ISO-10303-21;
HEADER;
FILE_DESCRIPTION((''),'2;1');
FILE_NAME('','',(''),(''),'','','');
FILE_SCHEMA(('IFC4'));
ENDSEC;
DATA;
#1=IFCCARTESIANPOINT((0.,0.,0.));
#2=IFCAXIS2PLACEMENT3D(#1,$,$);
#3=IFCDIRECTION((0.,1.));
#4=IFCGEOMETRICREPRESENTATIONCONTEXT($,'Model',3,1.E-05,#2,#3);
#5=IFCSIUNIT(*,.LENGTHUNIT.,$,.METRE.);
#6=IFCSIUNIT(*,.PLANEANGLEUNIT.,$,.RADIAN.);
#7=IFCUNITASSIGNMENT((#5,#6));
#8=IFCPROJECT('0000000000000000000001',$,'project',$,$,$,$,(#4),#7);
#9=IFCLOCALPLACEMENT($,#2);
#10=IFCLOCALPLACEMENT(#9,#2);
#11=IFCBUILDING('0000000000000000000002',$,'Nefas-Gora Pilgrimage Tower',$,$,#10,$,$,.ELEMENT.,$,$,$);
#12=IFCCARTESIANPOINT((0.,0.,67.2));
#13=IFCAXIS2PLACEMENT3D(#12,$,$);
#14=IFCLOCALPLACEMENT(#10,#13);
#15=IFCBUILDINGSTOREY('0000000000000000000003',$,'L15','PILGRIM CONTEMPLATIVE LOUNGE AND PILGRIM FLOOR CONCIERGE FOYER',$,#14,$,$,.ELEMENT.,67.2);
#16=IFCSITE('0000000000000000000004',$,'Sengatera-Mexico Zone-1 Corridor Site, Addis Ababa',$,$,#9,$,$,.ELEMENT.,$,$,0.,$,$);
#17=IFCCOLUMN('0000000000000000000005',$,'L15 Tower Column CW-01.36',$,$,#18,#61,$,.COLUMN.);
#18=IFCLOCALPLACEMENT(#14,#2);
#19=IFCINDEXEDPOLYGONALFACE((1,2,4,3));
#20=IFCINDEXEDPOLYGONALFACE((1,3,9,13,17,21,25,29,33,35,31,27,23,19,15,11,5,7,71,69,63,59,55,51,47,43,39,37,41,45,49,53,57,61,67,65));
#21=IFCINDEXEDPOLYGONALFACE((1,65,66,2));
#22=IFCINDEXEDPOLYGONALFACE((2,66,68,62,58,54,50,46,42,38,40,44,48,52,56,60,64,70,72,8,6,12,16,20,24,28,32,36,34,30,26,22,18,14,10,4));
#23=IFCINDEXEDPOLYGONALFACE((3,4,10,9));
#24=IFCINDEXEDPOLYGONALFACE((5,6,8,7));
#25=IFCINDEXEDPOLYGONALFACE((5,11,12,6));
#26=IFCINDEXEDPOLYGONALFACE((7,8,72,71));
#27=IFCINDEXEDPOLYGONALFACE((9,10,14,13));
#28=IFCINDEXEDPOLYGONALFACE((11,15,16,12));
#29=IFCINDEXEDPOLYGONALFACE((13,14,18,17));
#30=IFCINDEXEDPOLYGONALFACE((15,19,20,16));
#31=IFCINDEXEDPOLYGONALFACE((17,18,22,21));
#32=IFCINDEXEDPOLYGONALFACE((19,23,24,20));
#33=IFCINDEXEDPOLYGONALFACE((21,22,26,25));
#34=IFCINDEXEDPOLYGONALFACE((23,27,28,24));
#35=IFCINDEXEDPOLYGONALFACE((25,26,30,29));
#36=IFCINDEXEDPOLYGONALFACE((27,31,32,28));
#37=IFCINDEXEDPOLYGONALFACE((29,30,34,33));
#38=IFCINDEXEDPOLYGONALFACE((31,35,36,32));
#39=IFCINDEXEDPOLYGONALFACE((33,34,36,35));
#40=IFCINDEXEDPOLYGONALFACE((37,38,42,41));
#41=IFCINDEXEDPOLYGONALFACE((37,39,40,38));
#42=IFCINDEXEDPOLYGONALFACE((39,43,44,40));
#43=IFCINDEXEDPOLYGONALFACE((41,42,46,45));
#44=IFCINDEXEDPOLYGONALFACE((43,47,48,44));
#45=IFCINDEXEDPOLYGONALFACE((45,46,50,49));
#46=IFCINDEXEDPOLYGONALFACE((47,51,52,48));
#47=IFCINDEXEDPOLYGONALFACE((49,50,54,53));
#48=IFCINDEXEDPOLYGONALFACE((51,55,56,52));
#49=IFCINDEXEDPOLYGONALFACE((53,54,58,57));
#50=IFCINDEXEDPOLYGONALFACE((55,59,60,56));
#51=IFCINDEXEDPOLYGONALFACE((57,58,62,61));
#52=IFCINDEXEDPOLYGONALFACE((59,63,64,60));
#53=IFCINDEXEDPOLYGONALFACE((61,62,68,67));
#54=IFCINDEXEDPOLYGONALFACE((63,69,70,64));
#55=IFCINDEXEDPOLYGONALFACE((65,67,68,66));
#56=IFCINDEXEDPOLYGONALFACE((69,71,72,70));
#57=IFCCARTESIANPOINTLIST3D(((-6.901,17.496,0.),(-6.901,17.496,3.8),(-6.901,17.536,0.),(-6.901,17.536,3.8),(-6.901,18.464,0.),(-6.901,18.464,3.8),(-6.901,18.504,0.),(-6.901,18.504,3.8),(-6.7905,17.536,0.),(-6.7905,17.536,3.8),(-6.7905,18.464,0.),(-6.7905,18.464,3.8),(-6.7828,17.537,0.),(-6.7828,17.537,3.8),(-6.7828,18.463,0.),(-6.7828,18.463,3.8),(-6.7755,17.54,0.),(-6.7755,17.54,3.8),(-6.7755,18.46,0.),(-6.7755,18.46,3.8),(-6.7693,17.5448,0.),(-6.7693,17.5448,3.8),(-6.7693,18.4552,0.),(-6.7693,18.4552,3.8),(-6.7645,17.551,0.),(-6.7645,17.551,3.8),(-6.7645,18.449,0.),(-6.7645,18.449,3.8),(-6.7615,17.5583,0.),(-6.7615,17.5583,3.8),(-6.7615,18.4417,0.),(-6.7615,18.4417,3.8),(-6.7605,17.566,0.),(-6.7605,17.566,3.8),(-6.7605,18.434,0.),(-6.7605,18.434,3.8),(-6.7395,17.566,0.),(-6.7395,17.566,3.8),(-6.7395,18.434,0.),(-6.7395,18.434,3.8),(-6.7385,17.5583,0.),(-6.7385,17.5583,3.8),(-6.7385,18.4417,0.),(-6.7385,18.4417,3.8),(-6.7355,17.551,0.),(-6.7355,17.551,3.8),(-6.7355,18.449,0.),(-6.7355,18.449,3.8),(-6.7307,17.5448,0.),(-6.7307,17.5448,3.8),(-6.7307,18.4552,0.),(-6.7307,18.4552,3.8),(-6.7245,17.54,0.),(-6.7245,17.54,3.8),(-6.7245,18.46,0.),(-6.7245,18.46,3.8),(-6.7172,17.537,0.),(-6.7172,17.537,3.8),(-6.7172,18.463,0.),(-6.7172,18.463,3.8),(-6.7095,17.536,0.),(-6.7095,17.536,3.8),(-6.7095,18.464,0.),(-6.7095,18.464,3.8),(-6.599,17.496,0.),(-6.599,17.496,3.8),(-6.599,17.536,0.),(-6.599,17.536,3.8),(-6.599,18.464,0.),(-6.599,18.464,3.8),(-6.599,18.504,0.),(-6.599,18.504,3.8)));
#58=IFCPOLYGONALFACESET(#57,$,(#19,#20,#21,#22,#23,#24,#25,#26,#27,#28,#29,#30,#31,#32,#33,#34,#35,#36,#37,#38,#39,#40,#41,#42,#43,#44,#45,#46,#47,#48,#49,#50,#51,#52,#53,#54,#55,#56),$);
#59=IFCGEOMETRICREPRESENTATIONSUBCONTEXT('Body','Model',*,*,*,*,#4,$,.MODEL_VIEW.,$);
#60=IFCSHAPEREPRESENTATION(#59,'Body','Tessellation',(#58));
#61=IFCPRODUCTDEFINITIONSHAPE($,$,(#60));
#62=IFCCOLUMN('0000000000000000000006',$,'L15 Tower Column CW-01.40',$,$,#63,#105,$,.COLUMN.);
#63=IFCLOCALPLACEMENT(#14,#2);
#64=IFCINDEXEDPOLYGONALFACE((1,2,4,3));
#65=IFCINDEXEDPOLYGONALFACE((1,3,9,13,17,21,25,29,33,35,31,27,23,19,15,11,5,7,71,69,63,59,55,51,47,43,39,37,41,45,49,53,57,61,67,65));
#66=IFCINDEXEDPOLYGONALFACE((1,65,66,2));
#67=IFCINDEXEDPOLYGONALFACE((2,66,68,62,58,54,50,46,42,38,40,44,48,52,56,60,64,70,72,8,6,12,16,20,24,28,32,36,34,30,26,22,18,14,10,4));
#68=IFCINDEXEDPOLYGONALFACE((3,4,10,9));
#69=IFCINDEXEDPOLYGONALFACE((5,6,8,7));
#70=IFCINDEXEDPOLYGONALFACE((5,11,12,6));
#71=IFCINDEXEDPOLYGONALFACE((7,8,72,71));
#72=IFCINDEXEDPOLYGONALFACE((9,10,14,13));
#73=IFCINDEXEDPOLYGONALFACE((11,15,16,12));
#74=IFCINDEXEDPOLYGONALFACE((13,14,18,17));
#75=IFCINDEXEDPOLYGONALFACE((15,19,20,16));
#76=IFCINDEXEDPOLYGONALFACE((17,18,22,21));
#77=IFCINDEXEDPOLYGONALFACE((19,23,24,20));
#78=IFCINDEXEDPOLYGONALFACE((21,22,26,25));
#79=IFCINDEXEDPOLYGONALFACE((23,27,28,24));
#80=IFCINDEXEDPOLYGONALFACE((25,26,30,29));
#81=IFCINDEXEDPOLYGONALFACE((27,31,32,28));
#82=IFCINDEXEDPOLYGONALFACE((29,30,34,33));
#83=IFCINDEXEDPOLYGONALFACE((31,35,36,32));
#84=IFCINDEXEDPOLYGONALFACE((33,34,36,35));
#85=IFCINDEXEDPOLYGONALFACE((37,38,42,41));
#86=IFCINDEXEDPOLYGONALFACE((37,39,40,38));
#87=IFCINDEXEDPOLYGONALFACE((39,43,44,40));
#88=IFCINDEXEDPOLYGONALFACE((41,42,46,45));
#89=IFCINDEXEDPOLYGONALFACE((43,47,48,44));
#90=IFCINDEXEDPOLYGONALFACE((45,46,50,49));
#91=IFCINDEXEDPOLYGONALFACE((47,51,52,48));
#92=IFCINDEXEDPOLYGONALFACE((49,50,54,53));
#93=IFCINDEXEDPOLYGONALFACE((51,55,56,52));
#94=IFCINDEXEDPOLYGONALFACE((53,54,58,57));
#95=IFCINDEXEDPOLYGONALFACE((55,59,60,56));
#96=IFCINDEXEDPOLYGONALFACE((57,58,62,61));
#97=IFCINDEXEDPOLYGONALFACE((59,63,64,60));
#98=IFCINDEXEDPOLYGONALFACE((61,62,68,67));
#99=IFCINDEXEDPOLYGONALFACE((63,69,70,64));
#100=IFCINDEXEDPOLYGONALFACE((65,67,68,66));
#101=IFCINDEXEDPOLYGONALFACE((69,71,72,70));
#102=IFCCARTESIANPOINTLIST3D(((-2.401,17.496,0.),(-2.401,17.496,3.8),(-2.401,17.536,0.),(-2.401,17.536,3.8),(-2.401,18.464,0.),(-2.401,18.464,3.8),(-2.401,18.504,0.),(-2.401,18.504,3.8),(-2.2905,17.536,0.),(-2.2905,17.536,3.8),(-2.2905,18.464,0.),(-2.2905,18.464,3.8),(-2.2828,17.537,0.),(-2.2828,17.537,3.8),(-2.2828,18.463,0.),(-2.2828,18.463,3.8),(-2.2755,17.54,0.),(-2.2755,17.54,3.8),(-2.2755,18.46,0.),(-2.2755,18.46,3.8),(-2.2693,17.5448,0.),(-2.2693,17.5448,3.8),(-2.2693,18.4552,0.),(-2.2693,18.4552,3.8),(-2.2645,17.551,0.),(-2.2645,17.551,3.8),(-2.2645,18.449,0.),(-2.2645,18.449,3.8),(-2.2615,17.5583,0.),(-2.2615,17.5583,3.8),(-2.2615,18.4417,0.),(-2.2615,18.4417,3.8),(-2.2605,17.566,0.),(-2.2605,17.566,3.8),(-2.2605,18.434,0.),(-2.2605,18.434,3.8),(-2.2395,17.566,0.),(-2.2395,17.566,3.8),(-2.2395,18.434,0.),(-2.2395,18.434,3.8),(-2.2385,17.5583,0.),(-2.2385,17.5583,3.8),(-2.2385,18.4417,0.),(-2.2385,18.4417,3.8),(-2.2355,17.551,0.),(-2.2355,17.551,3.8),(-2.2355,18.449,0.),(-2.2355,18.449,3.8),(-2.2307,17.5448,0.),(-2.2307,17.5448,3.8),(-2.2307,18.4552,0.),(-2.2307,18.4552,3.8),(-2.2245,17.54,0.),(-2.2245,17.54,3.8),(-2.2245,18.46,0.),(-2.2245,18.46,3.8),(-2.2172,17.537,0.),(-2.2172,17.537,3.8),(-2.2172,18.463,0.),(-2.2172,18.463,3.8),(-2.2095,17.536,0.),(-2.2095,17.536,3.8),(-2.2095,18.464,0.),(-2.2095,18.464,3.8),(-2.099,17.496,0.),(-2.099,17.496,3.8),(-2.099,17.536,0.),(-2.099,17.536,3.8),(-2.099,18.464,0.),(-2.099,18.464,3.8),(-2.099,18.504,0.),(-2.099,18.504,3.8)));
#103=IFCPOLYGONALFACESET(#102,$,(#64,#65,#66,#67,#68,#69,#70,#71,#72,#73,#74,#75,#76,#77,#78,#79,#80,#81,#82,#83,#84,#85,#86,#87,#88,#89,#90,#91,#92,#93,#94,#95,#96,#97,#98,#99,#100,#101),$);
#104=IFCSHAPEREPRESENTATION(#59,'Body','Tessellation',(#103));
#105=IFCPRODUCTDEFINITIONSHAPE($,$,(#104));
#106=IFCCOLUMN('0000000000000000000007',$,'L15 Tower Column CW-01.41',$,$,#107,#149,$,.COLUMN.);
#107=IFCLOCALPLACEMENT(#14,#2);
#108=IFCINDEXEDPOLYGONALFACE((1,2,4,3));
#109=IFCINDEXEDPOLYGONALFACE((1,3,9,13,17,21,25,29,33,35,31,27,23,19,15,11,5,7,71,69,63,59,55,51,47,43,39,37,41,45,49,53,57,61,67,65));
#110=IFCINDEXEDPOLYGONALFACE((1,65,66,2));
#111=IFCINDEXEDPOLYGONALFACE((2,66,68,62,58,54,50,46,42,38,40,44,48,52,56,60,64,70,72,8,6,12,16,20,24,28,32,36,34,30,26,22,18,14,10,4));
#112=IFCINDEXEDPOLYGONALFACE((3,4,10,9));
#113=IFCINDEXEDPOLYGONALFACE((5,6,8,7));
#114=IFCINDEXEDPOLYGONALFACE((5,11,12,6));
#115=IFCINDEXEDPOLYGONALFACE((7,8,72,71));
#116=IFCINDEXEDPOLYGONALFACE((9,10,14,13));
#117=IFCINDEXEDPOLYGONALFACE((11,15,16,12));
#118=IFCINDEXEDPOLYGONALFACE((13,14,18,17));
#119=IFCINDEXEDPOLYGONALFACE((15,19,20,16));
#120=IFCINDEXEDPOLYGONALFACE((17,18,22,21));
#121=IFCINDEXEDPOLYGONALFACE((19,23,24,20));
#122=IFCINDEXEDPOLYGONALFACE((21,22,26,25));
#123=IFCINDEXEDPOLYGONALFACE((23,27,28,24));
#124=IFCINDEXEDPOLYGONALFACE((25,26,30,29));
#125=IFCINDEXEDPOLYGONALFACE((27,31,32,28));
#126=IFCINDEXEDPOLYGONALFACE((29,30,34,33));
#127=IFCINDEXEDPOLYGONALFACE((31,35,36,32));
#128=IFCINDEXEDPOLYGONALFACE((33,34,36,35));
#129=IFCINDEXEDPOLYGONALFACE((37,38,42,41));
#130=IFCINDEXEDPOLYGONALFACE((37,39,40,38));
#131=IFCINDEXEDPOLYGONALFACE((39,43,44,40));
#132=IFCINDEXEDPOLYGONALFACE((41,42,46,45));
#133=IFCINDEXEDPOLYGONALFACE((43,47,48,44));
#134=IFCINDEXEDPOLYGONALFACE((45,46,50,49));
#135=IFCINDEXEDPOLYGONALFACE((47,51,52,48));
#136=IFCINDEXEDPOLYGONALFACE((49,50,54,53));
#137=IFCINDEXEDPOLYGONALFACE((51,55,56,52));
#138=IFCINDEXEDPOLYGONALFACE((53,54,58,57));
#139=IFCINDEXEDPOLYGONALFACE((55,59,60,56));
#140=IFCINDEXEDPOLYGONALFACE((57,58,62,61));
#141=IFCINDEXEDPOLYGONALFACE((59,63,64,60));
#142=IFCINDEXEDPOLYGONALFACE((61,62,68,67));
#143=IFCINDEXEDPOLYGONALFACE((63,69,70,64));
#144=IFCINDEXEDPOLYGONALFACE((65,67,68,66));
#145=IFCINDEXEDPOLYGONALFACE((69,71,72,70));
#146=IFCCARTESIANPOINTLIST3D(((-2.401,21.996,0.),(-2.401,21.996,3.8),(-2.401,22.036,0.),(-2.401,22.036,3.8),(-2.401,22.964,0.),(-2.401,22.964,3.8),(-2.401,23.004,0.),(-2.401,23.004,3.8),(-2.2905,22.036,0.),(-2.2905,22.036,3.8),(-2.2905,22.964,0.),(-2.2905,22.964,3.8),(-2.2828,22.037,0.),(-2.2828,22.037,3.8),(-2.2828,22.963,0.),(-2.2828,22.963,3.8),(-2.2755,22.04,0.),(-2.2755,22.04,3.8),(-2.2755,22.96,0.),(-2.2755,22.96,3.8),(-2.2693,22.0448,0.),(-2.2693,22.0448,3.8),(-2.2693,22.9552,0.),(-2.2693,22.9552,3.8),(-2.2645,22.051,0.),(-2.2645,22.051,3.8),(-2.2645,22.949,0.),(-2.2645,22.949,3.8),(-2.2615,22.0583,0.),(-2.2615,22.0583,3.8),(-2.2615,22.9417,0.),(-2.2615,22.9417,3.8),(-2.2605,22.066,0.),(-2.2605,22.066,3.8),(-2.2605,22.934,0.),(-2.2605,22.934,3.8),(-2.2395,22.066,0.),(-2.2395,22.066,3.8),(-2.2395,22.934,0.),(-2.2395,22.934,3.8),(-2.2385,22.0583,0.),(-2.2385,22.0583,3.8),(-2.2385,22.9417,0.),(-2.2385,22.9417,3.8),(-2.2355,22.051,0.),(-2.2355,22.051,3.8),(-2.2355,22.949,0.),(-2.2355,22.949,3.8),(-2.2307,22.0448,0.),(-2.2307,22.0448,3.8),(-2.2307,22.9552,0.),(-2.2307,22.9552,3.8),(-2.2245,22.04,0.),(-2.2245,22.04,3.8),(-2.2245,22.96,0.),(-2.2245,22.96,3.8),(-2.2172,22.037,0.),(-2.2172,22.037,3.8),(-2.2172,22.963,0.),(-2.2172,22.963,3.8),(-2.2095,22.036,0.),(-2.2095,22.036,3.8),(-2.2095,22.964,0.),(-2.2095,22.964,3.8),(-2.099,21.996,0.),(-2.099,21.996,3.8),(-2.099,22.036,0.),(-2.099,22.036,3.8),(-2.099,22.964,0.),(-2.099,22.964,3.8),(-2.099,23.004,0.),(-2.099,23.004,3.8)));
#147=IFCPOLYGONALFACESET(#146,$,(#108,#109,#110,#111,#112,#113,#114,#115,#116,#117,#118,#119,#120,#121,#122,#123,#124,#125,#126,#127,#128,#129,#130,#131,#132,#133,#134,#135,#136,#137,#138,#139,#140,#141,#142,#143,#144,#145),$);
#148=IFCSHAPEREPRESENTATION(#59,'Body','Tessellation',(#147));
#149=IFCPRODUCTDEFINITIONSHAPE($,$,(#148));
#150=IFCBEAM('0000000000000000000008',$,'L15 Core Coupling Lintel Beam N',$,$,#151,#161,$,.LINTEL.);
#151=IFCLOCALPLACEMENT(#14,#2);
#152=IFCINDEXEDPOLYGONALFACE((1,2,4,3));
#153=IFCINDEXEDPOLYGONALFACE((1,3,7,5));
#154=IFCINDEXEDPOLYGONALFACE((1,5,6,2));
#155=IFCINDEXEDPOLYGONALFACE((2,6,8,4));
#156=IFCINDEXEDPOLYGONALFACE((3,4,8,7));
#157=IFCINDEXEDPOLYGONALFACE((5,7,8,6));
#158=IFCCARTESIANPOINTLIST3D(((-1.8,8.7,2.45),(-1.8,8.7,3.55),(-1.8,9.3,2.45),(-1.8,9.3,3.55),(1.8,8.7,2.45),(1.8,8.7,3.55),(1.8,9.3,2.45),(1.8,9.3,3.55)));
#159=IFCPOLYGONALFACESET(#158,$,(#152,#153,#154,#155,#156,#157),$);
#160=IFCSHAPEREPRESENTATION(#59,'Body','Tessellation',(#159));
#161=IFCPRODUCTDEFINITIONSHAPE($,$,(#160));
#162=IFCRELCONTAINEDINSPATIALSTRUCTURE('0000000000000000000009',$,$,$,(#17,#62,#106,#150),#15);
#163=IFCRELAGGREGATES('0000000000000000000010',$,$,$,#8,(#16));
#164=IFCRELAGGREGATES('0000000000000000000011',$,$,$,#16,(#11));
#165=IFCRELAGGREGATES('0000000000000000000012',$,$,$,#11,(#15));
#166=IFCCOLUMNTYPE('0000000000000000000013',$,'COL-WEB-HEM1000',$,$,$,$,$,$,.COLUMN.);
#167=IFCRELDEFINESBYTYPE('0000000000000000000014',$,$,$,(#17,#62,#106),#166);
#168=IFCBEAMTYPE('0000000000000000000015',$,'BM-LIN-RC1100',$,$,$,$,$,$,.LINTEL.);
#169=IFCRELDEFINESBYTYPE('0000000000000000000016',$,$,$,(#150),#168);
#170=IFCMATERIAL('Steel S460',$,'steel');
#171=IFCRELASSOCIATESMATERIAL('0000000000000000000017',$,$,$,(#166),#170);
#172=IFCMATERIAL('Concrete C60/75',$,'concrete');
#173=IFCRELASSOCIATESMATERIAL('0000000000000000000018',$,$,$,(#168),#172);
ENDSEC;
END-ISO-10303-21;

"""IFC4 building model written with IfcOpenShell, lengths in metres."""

from ifc_helpers import new_model, si_unit, direction, frame, origin, origin_2d, place, context, subcontext, project, spatial, rectangle, i_section, extrude, source, transform, mapped, material, material_profile, profile_set, type_object, element, save


model = new_model("IFC4")

# Units and contexts
model_context = context("Model", 3, precision=1e-05, world=origin(), true_north=direction((0.0, 1.0)))
body_context = subcontext(model_context, "Body", "Model", "MODEL_VIEW")
ifc_project = project(units=[si_unit("LENGTHUNIT", "METRE"), si_unit("PLANEANGLEUNIT", "RADIAN")], contexts=[model_context])

# Site, building, storey
site_placement = place(None, origin())
site = spatial("IfcSite", under=ifc_project, at=site_placement, Name="Sengatera-Mexico Zone-1 Corridor Site, Addis Ababa", CompositionType="ELEMENT", RefElevation=0.0)
building_placement = place(site_placement, origin())
building = spatial("IfcBuilding", under=site, at=building_placement, Name="Nefas-Gora Pilgrimage Tower", CompositionType="ELEMENT")
storey_placement = place(building_placement, frame((0.0, 0.0, 67.2)))
storey = spatial("IfcBuildingStorey", under=building, at=storey_placement, Name="L15", Description="PILGRIM CONTEMPLATIVE LOUNGE AND PILGRIM FLOOR CONCIERGE FOYER", CompositionType="ELEMENT", Elevation=67.2)

# Columns
ifc_material_1 = material(Name="Steel S460", Category="steel")
ifc_material_profile_1 = material_profile(ifc_material_1, i_section(OverallWidth=0.302, OverallDepth=1.0081, WebThickness=0.021, FlangeThickness=0.04, FilletRadius=0.03, at=origin_2d()), Name="HEM 1000")
ifc_profile_set_1 = profile_set([ifc_material_profile_1], Name="Steel S460")
column_type_1 = type_object("IfcColumnType", Name="COL-WEB-HEM1000", PredefinedType="COLUMN", material=ifc_profile_set_1)
shared_shape_1 = source(origin(), body_context, "Body", "SweptSolid", [
    extrude(i_section(OverallWidth=0.302, OverallDepth=1.0081, WebThickness=0.021, FlangeThickness=0.04, FilletRadius=0.03, at=origin_2d()), origin(), (0.0, 0.0, 1.0), 3.8),
])
for number, where, z_axis, x_axis, name in (
    (1, (-6.75, 18.0, 0.0), (0.0, 0.0, 1.0), (1.0, 0.0, 0.0), "L15 Tower Column CW-01.36"),
    (2, (-2.25, 18.0, 0.0), (0.0, 0.0, 1.0), (1.0, 0.0, 0.0), "L15 Tower Column CW-01.40"),
    (3, (-2.25, 22.5, 0.0), (0.0, 0.0, 1.0), (1.0, 0.0, 0.0), "L15 Tower Column CW-01.41"),
):
    element("IfcColumn", number, at=place(storey_placement, frame(where, z_axis=z_axis, x_axis=x_axis)), inside=storey, type_object=column_type_1, Name=name, PredefinedType="COLUMN", context=body_context, shape_type="MappedRepresentation", body=[
        mapped(shared_shape_1, transform((0.0, 0.0, 0.0), x_axis=(1.0, 0.0, 0.0), y_axis=(0.0, 1.0, 0.0), z_axis=(0.0, 0.0, 1.0), scale=1.0)),
    ])

# Beam
ifc_material_2 = material(Name="Concrete C60/75", Category="concrete")
ifc_material_profile_2 = material_profile(ifc_material_2, rectangle(XDim=0.6001, YDim=1.1001, at=origin_2d()), Name="RC 600x1100")
ifc_profile_set_2 = profile_set([ifc_material_profile_2], Name="Concrete C60/75")
beam_type_1 = type_object("IfcBeamType", Name="BM-LIN-RC1100", PredefinedType="LINTEL", material=ifc_profile_set_2)
shared_shape_2 = source(origin(), body_context, "Body", "SweptSolid", [
    extrude(rectangle(XDim=0.6001, YDim=1.1001, at=origin_2d()), origin(), (0.0, 0.0, 1.0), 3.6001),
])
beam_1_placement = place(storey_placement, frame((-1.8, 9.0, 3.0), z_axis=(1.0, 0.0, 0.0), x_axis=(0.0, 1.0, 0.0)))
element("IfcBeam", 4, at=beam_1_placement, inside=storey, type_object=beam_type_1, Name="L15 Core Coupling Lintel Beam N", PredefinedType="LINTEL", context=body_context, shape_type="MappedRepresentation", body=[
    mapped(shared_shape_2, transform((0.0, 0.0, 0.0), x_axis=(1.0, 0.0, 0.0), y_axis=(0.0, 1.0, 0.0), z_axis=(0.0, 0.0, 1.0), scale=1.0)),
])

save(model, "model.ifc")
